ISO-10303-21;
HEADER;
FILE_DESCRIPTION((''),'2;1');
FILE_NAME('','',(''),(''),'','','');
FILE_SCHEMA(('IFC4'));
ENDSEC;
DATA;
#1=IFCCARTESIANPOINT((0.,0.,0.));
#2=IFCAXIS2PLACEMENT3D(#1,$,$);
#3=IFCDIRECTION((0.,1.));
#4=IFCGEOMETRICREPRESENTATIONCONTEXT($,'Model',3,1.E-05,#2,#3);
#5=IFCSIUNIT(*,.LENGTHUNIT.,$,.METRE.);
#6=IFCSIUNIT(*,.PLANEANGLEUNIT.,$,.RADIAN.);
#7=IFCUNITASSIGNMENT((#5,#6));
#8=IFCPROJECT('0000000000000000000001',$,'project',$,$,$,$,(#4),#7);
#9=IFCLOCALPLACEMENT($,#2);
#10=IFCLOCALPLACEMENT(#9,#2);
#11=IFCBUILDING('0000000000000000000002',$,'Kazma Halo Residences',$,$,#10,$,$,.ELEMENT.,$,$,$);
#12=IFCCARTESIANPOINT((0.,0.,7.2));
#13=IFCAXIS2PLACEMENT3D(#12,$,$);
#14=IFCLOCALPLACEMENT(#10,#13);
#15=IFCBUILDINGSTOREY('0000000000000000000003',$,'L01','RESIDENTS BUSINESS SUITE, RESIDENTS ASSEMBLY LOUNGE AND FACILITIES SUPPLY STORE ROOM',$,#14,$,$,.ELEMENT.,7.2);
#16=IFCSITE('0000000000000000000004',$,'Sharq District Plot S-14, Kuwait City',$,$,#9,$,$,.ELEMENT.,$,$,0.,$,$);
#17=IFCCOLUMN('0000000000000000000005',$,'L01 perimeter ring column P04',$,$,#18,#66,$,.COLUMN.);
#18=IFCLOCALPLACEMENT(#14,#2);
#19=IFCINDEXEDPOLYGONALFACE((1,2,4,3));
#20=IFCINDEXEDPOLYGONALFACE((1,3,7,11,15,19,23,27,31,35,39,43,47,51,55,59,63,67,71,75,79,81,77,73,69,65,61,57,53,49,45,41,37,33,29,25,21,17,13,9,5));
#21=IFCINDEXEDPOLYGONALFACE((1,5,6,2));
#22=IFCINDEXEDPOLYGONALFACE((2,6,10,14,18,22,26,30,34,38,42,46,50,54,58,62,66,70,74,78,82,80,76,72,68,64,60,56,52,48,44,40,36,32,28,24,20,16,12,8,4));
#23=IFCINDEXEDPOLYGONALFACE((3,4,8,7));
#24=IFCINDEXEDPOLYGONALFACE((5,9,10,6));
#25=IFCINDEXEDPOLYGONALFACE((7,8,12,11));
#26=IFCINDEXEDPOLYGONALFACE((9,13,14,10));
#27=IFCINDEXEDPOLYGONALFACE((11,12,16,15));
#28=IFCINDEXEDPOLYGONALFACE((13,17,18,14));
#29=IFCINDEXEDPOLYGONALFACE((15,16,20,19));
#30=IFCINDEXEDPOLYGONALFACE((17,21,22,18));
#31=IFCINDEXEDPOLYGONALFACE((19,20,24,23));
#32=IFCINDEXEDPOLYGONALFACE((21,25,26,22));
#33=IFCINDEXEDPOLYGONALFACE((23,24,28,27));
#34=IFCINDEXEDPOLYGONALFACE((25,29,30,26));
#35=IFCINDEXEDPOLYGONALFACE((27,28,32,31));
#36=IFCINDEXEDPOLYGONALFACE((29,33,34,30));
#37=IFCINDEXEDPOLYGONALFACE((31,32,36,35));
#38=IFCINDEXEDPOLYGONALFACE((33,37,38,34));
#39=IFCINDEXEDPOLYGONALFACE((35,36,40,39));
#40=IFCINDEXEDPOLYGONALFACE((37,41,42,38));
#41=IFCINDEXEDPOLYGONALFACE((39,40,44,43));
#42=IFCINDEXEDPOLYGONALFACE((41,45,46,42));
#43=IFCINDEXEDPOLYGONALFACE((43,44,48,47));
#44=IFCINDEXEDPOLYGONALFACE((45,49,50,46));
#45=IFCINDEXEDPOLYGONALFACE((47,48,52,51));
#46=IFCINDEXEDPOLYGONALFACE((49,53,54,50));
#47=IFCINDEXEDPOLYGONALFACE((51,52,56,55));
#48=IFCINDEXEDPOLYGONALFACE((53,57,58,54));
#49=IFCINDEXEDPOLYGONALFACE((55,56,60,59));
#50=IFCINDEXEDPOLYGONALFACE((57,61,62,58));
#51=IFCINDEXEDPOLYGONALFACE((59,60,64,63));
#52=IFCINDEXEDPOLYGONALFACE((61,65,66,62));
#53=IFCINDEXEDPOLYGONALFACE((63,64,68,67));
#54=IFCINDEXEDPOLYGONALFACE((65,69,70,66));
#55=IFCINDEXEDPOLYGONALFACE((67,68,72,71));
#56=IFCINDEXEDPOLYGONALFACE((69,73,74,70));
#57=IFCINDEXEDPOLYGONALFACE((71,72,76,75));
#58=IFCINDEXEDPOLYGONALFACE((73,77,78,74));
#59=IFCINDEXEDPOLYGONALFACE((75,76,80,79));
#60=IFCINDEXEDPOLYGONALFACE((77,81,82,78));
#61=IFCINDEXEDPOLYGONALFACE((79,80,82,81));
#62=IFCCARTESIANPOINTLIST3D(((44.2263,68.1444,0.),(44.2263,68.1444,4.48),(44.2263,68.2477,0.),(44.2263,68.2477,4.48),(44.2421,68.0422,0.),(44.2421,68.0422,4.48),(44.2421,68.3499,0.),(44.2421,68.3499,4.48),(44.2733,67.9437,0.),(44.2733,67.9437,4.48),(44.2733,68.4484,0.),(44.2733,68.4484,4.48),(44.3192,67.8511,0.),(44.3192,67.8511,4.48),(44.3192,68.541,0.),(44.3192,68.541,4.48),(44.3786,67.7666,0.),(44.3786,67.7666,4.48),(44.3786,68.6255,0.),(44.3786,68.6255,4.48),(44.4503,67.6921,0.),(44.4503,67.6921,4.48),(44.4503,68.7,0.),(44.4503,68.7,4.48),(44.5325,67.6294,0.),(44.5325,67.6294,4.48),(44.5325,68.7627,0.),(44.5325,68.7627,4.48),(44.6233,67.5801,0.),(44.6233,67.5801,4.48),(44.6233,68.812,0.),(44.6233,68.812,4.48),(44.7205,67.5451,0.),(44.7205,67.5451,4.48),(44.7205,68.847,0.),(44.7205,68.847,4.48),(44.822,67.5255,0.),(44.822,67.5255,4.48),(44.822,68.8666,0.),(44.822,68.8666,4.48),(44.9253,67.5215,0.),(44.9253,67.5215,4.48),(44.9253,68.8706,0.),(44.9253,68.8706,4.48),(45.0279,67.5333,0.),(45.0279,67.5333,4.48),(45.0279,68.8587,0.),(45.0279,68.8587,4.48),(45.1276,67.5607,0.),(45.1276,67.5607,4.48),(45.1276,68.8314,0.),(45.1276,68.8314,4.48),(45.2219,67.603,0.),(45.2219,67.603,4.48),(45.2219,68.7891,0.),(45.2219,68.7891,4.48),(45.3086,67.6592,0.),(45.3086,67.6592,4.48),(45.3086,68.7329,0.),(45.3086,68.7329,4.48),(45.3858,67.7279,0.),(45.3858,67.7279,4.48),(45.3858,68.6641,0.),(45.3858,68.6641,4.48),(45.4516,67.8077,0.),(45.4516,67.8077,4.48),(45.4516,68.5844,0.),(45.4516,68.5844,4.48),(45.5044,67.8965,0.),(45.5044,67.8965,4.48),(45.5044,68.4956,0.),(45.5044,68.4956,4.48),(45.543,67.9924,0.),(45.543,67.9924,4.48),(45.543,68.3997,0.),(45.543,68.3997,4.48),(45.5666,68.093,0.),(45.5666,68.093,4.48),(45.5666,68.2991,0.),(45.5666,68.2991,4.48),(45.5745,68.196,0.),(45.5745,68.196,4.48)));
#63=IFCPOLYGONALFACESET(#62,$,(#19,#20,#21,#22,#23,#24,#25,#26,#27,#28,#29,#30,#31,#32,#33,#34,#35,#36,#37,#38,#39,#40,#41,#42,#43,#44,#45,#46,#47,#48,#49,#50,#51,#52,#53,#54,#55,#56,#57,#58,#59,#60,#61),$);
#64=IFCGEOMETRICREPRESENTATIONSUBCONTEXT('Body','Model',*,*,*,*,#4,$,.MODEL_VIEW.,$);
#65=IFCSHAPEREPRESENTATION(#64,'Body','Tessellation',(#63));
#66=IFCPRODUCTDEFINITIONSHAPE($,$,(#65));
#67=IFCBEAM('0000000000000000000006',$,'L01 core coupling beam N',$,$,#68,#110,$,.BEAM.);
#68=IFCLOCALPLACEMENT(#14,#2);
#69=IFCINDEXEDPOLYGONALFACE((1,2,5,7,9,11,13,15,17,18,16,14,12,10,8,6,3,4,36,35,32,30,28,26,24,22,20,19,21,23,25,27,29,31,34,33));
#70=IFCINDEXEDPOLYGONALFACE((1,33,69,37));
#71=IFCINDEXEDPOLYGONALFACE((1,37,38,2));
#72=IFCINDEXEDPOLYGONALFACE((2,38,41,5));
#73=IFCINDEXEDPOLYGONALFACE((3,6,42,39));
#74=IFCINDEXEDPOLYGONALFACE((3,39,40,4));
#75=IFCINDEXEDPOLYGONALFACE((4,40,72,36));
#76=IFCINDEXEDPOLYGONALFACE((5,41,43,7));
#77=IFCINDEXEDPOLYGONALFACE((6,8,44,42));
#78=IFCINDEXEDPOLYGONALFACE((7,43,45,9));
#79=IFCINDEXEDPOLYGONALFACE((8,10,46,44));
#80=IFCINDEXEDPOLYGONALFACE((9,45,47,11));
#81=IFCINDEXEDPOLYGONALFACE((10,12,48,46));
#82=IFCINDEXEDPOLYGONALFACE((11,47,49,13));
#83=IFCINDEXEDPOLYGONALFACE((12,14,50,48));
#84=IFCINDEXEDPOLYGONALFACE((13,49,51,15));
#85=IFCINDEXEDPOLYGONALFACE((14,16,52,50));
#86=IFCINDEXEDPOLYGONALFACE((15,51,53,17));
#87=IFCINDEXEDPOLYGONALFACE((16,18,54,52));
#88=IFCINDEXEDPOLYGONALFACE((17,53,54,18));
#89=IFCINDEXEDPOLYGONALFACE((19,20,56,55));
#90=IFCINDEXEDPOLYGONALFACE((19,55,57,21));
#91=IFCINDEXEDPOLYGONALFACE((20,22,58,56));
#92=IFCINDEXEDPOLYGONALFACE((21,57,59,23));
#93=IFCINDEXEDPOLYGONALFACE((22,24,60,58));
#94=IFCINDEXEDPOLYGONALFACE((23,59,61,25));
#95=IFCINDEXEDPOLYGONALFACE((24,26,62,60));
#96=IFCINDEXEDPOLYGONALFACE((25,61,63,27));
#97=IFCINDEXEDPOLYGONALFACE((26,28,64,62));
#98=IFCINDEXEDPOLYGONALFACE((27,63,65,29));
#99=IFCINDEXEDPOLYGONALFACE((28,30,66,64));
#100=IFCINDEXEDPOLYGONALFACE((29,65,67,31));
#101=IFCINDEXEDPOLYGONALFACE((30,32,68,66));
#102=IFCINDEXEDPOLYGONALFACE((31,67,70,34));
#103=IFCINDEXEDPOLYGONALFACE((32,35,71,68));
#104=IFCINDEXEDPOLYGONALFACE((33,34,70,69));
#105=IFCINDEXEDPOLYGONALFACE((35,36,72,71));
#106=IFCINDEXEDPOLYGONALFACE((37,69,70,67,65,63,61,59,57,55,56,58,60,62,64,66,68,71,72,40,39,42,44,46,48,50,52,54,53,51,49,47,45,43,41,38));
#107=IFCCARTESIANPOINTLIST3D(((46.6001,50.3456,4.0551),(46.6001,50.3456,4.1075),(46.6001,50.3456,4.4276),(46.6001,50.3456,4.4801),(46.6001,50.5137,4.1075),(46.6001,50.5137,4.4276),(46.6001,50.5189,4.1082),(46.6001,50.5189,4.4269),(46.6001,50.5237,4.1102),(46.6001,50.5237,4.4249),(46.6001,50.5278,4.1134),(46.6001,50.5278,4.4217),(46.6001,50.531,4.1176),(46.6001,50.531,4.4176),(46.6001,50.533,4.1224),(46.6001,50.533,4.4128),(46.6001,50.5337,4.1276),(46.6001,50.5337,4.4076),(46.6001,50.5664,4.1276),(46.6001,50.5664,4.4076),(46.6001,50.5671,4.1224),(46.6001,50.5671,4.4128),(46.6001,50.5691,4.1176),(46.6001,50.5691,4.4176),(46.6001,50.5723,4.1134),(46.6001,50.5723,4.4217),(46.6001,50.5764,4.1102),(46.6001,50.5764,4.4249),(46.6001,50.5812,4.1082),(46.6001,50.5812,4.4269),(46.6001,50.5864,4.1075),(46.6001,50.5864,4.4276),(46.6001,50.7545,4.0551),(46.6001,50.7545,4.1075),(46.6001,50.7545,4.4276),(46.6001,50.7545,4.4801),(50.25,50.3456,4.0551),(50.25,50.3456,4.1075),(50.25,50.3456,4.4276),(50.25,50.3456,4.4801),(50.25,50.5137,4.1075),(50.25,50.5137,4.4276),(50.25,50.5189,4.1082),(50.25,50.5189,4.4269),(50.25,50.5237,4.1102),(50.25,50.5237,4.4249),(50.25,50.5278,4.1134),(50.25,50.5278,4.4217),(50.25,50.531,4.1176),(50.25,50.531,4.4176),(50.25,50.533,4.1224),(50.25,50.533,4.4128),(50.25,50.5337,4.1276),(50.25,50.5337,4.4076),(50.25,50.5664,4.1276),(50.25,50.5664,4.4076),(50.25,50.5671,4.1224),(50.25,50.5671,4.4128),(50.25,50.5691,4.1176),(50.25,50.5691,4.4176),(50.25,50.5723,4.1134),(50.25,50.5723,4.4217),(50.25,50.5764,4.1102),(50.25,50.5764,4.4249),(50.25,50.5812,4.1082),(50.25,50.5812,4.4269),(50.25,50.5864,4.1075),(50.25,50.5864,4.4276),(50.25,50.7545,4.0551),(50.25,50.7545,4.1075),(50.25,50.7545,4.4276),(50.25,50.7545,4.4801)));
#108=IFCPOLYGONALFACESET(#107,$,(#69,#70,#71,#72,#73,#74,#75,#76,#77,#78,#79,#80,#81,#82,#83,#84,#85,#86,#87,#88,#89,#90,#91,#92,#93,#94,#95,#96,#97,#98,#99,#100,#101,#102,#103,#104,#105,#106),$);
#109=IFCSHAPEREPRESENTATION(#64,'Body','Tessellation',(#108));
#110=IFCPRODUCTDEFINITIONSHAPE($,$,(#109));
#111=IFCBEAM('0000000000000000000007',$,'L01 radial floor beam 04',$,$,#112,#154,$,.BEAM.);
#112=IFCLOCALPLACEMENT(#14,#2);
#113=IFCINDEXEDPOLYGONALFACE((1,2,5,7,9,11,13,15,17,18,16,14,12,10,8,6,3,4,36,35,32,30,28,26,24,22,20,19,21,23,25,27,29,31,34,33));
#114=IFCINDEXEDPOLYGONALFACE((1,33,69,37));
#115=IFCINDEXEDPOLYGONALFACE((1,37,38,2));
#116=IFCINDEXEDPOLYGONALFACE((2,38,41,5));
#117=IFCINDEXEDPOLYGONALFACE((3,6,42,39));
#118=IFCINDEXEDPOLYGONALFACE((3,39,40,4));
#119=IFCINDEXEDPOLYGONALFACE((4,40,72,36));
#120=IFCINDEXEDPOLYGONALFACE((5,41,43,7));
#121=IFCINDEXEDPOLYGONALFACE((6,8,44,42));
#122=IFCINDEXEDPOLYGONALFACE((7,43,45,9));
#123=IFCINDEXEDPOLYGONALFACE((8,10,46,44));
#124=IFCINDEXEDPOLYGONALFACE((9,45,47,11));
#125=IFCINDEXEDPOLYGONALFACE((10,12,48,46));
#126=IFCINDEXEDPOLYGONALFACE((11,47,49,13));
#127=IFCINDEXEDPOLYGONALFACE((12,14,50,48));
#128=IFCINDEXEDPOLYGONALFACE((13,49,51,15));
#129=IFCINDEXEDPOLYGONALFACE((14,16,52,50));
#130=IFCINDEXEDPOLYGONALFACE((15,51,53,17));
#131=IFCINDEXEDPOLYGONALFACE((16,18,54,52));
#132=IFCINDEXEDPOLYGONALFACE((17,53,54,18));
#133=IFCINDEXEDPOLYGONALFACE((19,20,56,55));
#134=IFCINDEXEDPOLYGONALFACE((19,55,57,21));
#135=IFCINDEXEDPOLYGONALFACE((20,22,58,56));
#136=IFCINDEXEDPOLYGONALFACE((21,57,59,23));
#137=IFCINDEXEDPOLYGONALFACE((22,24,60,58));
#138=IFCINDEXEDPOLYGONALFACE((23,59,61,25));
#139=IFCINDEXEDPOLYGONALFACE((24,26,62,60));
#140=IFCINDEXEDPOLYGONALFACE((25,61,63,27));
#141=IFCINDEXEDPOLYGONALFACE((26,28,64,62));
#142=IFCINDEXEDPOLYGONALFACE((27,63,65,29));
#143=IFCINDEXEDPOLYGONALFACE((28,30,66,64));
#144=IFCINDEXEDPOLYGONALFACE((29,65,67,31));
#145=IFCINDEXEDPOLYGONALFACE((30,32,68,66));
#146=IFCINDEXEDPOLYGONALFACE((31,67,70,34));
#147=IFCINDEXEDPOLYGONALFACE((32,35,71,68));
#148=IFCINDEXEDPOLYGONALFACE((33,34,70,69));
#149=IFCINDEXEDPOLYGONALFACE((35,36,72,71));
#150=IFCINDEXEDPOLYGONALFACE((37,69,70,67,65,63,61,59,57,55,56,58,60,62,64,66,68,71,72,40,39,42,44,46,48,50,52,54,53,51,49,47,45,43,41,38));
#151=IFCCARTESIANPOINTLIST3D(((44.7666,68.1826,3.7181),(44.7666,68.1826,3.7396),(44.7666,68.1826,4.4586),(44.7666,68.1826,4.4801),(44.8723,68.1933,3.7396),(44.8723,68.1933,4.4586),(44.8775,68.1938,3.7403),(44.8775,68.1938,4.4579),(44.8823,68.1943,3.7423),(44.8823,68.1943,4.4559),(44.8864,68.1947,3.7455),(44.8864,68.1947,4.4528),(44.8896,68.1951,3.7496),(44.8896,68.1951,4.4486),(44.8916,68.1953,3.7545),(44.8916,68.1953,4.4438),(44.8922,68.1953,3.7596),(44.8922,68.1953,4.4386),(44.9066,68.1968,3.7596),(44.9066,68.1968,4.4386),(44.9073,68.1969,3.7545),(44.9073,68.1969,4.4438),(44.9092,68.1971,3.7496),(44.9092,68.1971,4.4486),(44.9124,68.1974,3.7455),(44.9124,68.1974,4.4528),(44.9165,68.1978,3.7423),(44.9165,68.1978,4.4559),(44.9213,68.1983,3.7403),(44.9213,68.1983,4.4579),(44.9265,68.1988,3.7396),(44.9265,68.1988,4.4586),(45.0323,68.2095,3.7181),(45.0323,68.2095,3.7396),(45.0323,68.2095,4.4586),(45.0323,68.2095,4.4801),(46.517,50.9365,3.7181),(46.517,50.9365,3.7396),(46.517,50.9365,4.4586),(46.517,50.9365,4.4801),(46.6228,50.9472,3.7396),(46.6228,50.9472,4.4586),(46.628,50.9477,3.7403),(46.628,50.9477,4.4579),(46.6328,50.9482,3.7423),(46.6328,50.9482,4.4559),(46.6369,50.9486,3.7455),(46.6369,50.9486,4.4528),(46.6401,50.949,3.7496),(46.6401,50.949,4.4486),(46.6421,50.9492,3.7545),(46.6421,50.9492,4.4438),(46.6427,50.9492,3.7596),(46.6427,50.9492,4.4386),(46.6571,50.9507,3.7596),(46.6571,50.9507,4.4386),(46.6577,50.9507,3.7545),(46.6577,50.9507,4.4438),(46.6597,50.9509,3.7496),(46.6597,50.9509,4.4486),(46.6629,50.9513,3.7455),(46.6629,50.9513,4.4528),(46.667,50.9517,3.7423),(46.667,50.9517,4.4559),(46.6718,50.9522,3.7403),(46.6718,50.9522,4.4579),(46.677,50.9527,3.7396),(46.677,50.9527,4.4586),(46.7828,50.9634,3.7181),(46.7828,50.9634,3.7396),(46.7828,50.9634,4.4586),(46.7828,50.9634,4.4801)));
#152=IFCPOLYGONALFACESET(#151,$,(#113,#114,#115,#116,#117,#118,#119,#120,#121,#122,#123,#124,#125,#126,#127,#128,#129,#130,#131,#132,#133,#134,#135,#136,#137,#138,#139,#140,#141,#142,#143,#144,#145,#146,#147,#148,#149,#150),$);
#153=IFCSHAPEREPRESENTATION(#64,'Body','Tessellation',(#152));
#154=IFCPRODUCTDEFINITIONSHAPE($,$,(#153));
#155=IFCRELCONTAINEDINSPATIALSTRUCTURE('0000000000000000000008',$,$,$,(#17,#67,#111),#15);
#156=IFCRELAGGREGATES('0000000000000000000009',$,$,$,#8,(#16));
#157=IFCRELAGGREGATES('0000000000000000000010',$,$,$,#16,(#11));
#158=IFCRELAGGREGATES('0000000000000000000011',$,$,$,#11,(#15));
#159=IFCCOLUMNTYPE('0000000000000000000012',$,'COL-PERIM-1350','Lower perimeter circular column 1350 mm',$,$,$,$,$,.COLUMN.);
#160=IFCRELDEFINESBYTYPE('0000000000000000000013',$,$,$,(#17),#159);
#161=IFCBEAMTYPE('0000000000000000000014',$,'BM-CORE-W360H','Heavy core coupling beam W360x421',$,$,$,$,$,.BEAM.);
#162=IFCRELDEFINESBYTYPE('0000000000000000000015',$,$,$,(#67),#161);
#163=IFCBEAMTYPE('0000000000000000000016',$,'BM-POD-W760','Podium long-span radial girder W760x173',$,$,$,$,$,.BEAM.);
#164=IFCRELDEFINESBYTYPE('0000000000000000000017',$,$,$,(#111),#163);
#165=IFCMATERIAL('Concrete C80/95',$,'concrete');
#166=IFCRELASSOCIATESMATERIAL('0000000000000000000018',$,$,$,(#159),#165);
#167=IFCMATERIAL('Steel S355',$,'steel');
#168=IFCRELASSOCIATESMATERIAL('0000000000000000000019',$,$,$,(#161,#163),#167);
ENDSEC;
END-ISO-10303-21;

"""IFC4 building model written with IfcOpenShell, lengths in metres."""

from ifc_helpers import new_model, si_unit, direction, frame, origin, origin_2d, place, context, subcontext, project, spatial, circle, i_section, extrude, material, material_profile, profile_set, type_object, element, save


model = new_model("IFC4")

# Units and contexts
model_context = context("Model", 3, precision=1e-05, world=origin(), true_north=direction((0.0, 1.0)))
body_context = subcontext(model_context, "Body", "Model", "MODEL_VIEW")
ifc_project = project(units=[si_unit("LENGTHUNIT", "METRE"), si_unit("PLANEANGLEUNIT", "RADIAN")], contexts=[model_context])

# Site, building, storey
site_placement = place(None, origin())
site = spatial("IfcSite", under=ifc_project, at=site_placement, Name="Sharq District Plot S-14, Kuwait City", CompositionType="ELEMENT", RefElevation=0.0)
building_placement = place(site_placement, origin())
building = spatial("IfcBuilding", under=site, at=building_placement, Name="Kazma Halo Residences", CompositionType="ELEMENT")
storey_placement = place(building_placement, frame((0.0, 0.0, 7.2)))
storey = spatial("IfcBuildingStorey", under=building, at=storey_placement, Name="L01", Description="RESIDENTS BUSINESS SUITE, RESIDENTS ASSEMBLY LOUNGE AND FACILITIES SUPPLY STORE ROOM", CompositionType="ELEMENT", Elevation=7.2)

# Column
ifc_material_1 = material(Name="Concrete C80/95", Category="concrete")
ifc_material_profile_1 = material_profile(ifc_material_1, circle(Radius=0.675, at=origin_2d()), Name="CIRC1350")
ifc_profile_set_1 = profile_set([ifc_material_profile_1], Name="Concrete C80/95")
column_type = type_object("IfcColumnType", Name="COL-PERIM-1350", Description="Lower perimeter circular column 1350 mm", PredefinedType="COLUMN", material=ifc_profile_set_1)
column_placement = place(storey_placement, frame((44.8994, 68.196, 0.0), z_axis=(0.0, 0.0, 1.0), x_axis=(1.0, 0.0, 0.0)))
element("IfcColumn", 1, at=column_placement, inside=storey, type_object=column_type, Name="L01 perimeter ring column P04", PredefinedType="COLUMN", context=body_context, shape_type="SweptSolid", body=[
    extrude(circle(Radius=0.675, at=origin_2d()), origin(), (0.0, 0.0, 1.0), 4.48),
])

# Beams
ifc_material_2 = material(Name="Steel S355", Category="steel")
ifc_material_profile_2 = material_profile(ifc_material_2, i_section(OverallWidth=0.4089, OverallDepth=0.425, WebThickness=0.0327, FlangeThickness=0.0525, FilletRadius=0.02, at=origin_2d()), Name="W360x421")
ifc_profile_set_2 = profile_set([ifc_material_profile_2], Name="Steel S355")
beam_type_1 = type_object("IfcBeamType", Name="BM-CORE-W360H", Description="Heavy core coupling beam W360x421", PredefinedType="BEAM", material=ifc_profile_set_2)
beam_1_placement = place(storey_placement, frame((46.6001, 50.55, 4.2676), z_axis=(1.0, 0.0, 0.0), x_axis=(0.0, 1.0, 0.0)))
element("IfcBeam", 2, at=beam_1_placement, inside=storey, type_object=beam_type_1, Name="L01 core coupling beam N", PredefinedType="BEAM", context=body_context, shape_type="SweptSolid", body=[
    extrude(i_section(OverallWidth=0.4089, OverallDepth=0.425, WebThickness=0.0327, FlangeThickness=0.0525, FilletRadius=0.02, at=origin_2d()), origin(), (0.0, 0.0, 1.0), 3.6499),
])
ifc_material_profile_3 = material_profile(ifc_material_2, i_section(OverallWidth=0.2671, OverallDepth=0.762, WebThickness=0.0144, FlangeThickness=0.0215, FilletRadius=0.02, at=origin_2d()), Name="W760x173")
ifc_profile_set_3 = profile_set([ifc_material_profile_3], Name="Steel S355")
beam_type_2 = type_object("IfcBeamType", Name="BM-POD-W760", Description="Podium long-span radial girder W760x173", PredefinedType="BEAM", material=ifc_profile_set_3)
beam_2_placement = place(storey_placement, frame((46.6499, 50.95, 4.0991), z_axis=(-0.100982, 0.994888, 0.0), x_axis=(-0.994888, -0.100982, 0.0)))
element("IfcBeam", 3, at=beam_2_placement, inside=storey, type_object=beam_type_2, Name="L01 radial floor beam 04", PredefinedType="BEAM", context=body_context, shape_type="SweptSolid", body=[
    extrude(i_section(OverallWidth=0.2671, OverallDepth=0.762, WebThickness=0.0144, FlangeThickness=0.0215, FilletRadius=0.02, at=origin_2d()), origin(), (0.0, 0.0, 1.0), 17.3347),
])

save(model, "model.ifc")
